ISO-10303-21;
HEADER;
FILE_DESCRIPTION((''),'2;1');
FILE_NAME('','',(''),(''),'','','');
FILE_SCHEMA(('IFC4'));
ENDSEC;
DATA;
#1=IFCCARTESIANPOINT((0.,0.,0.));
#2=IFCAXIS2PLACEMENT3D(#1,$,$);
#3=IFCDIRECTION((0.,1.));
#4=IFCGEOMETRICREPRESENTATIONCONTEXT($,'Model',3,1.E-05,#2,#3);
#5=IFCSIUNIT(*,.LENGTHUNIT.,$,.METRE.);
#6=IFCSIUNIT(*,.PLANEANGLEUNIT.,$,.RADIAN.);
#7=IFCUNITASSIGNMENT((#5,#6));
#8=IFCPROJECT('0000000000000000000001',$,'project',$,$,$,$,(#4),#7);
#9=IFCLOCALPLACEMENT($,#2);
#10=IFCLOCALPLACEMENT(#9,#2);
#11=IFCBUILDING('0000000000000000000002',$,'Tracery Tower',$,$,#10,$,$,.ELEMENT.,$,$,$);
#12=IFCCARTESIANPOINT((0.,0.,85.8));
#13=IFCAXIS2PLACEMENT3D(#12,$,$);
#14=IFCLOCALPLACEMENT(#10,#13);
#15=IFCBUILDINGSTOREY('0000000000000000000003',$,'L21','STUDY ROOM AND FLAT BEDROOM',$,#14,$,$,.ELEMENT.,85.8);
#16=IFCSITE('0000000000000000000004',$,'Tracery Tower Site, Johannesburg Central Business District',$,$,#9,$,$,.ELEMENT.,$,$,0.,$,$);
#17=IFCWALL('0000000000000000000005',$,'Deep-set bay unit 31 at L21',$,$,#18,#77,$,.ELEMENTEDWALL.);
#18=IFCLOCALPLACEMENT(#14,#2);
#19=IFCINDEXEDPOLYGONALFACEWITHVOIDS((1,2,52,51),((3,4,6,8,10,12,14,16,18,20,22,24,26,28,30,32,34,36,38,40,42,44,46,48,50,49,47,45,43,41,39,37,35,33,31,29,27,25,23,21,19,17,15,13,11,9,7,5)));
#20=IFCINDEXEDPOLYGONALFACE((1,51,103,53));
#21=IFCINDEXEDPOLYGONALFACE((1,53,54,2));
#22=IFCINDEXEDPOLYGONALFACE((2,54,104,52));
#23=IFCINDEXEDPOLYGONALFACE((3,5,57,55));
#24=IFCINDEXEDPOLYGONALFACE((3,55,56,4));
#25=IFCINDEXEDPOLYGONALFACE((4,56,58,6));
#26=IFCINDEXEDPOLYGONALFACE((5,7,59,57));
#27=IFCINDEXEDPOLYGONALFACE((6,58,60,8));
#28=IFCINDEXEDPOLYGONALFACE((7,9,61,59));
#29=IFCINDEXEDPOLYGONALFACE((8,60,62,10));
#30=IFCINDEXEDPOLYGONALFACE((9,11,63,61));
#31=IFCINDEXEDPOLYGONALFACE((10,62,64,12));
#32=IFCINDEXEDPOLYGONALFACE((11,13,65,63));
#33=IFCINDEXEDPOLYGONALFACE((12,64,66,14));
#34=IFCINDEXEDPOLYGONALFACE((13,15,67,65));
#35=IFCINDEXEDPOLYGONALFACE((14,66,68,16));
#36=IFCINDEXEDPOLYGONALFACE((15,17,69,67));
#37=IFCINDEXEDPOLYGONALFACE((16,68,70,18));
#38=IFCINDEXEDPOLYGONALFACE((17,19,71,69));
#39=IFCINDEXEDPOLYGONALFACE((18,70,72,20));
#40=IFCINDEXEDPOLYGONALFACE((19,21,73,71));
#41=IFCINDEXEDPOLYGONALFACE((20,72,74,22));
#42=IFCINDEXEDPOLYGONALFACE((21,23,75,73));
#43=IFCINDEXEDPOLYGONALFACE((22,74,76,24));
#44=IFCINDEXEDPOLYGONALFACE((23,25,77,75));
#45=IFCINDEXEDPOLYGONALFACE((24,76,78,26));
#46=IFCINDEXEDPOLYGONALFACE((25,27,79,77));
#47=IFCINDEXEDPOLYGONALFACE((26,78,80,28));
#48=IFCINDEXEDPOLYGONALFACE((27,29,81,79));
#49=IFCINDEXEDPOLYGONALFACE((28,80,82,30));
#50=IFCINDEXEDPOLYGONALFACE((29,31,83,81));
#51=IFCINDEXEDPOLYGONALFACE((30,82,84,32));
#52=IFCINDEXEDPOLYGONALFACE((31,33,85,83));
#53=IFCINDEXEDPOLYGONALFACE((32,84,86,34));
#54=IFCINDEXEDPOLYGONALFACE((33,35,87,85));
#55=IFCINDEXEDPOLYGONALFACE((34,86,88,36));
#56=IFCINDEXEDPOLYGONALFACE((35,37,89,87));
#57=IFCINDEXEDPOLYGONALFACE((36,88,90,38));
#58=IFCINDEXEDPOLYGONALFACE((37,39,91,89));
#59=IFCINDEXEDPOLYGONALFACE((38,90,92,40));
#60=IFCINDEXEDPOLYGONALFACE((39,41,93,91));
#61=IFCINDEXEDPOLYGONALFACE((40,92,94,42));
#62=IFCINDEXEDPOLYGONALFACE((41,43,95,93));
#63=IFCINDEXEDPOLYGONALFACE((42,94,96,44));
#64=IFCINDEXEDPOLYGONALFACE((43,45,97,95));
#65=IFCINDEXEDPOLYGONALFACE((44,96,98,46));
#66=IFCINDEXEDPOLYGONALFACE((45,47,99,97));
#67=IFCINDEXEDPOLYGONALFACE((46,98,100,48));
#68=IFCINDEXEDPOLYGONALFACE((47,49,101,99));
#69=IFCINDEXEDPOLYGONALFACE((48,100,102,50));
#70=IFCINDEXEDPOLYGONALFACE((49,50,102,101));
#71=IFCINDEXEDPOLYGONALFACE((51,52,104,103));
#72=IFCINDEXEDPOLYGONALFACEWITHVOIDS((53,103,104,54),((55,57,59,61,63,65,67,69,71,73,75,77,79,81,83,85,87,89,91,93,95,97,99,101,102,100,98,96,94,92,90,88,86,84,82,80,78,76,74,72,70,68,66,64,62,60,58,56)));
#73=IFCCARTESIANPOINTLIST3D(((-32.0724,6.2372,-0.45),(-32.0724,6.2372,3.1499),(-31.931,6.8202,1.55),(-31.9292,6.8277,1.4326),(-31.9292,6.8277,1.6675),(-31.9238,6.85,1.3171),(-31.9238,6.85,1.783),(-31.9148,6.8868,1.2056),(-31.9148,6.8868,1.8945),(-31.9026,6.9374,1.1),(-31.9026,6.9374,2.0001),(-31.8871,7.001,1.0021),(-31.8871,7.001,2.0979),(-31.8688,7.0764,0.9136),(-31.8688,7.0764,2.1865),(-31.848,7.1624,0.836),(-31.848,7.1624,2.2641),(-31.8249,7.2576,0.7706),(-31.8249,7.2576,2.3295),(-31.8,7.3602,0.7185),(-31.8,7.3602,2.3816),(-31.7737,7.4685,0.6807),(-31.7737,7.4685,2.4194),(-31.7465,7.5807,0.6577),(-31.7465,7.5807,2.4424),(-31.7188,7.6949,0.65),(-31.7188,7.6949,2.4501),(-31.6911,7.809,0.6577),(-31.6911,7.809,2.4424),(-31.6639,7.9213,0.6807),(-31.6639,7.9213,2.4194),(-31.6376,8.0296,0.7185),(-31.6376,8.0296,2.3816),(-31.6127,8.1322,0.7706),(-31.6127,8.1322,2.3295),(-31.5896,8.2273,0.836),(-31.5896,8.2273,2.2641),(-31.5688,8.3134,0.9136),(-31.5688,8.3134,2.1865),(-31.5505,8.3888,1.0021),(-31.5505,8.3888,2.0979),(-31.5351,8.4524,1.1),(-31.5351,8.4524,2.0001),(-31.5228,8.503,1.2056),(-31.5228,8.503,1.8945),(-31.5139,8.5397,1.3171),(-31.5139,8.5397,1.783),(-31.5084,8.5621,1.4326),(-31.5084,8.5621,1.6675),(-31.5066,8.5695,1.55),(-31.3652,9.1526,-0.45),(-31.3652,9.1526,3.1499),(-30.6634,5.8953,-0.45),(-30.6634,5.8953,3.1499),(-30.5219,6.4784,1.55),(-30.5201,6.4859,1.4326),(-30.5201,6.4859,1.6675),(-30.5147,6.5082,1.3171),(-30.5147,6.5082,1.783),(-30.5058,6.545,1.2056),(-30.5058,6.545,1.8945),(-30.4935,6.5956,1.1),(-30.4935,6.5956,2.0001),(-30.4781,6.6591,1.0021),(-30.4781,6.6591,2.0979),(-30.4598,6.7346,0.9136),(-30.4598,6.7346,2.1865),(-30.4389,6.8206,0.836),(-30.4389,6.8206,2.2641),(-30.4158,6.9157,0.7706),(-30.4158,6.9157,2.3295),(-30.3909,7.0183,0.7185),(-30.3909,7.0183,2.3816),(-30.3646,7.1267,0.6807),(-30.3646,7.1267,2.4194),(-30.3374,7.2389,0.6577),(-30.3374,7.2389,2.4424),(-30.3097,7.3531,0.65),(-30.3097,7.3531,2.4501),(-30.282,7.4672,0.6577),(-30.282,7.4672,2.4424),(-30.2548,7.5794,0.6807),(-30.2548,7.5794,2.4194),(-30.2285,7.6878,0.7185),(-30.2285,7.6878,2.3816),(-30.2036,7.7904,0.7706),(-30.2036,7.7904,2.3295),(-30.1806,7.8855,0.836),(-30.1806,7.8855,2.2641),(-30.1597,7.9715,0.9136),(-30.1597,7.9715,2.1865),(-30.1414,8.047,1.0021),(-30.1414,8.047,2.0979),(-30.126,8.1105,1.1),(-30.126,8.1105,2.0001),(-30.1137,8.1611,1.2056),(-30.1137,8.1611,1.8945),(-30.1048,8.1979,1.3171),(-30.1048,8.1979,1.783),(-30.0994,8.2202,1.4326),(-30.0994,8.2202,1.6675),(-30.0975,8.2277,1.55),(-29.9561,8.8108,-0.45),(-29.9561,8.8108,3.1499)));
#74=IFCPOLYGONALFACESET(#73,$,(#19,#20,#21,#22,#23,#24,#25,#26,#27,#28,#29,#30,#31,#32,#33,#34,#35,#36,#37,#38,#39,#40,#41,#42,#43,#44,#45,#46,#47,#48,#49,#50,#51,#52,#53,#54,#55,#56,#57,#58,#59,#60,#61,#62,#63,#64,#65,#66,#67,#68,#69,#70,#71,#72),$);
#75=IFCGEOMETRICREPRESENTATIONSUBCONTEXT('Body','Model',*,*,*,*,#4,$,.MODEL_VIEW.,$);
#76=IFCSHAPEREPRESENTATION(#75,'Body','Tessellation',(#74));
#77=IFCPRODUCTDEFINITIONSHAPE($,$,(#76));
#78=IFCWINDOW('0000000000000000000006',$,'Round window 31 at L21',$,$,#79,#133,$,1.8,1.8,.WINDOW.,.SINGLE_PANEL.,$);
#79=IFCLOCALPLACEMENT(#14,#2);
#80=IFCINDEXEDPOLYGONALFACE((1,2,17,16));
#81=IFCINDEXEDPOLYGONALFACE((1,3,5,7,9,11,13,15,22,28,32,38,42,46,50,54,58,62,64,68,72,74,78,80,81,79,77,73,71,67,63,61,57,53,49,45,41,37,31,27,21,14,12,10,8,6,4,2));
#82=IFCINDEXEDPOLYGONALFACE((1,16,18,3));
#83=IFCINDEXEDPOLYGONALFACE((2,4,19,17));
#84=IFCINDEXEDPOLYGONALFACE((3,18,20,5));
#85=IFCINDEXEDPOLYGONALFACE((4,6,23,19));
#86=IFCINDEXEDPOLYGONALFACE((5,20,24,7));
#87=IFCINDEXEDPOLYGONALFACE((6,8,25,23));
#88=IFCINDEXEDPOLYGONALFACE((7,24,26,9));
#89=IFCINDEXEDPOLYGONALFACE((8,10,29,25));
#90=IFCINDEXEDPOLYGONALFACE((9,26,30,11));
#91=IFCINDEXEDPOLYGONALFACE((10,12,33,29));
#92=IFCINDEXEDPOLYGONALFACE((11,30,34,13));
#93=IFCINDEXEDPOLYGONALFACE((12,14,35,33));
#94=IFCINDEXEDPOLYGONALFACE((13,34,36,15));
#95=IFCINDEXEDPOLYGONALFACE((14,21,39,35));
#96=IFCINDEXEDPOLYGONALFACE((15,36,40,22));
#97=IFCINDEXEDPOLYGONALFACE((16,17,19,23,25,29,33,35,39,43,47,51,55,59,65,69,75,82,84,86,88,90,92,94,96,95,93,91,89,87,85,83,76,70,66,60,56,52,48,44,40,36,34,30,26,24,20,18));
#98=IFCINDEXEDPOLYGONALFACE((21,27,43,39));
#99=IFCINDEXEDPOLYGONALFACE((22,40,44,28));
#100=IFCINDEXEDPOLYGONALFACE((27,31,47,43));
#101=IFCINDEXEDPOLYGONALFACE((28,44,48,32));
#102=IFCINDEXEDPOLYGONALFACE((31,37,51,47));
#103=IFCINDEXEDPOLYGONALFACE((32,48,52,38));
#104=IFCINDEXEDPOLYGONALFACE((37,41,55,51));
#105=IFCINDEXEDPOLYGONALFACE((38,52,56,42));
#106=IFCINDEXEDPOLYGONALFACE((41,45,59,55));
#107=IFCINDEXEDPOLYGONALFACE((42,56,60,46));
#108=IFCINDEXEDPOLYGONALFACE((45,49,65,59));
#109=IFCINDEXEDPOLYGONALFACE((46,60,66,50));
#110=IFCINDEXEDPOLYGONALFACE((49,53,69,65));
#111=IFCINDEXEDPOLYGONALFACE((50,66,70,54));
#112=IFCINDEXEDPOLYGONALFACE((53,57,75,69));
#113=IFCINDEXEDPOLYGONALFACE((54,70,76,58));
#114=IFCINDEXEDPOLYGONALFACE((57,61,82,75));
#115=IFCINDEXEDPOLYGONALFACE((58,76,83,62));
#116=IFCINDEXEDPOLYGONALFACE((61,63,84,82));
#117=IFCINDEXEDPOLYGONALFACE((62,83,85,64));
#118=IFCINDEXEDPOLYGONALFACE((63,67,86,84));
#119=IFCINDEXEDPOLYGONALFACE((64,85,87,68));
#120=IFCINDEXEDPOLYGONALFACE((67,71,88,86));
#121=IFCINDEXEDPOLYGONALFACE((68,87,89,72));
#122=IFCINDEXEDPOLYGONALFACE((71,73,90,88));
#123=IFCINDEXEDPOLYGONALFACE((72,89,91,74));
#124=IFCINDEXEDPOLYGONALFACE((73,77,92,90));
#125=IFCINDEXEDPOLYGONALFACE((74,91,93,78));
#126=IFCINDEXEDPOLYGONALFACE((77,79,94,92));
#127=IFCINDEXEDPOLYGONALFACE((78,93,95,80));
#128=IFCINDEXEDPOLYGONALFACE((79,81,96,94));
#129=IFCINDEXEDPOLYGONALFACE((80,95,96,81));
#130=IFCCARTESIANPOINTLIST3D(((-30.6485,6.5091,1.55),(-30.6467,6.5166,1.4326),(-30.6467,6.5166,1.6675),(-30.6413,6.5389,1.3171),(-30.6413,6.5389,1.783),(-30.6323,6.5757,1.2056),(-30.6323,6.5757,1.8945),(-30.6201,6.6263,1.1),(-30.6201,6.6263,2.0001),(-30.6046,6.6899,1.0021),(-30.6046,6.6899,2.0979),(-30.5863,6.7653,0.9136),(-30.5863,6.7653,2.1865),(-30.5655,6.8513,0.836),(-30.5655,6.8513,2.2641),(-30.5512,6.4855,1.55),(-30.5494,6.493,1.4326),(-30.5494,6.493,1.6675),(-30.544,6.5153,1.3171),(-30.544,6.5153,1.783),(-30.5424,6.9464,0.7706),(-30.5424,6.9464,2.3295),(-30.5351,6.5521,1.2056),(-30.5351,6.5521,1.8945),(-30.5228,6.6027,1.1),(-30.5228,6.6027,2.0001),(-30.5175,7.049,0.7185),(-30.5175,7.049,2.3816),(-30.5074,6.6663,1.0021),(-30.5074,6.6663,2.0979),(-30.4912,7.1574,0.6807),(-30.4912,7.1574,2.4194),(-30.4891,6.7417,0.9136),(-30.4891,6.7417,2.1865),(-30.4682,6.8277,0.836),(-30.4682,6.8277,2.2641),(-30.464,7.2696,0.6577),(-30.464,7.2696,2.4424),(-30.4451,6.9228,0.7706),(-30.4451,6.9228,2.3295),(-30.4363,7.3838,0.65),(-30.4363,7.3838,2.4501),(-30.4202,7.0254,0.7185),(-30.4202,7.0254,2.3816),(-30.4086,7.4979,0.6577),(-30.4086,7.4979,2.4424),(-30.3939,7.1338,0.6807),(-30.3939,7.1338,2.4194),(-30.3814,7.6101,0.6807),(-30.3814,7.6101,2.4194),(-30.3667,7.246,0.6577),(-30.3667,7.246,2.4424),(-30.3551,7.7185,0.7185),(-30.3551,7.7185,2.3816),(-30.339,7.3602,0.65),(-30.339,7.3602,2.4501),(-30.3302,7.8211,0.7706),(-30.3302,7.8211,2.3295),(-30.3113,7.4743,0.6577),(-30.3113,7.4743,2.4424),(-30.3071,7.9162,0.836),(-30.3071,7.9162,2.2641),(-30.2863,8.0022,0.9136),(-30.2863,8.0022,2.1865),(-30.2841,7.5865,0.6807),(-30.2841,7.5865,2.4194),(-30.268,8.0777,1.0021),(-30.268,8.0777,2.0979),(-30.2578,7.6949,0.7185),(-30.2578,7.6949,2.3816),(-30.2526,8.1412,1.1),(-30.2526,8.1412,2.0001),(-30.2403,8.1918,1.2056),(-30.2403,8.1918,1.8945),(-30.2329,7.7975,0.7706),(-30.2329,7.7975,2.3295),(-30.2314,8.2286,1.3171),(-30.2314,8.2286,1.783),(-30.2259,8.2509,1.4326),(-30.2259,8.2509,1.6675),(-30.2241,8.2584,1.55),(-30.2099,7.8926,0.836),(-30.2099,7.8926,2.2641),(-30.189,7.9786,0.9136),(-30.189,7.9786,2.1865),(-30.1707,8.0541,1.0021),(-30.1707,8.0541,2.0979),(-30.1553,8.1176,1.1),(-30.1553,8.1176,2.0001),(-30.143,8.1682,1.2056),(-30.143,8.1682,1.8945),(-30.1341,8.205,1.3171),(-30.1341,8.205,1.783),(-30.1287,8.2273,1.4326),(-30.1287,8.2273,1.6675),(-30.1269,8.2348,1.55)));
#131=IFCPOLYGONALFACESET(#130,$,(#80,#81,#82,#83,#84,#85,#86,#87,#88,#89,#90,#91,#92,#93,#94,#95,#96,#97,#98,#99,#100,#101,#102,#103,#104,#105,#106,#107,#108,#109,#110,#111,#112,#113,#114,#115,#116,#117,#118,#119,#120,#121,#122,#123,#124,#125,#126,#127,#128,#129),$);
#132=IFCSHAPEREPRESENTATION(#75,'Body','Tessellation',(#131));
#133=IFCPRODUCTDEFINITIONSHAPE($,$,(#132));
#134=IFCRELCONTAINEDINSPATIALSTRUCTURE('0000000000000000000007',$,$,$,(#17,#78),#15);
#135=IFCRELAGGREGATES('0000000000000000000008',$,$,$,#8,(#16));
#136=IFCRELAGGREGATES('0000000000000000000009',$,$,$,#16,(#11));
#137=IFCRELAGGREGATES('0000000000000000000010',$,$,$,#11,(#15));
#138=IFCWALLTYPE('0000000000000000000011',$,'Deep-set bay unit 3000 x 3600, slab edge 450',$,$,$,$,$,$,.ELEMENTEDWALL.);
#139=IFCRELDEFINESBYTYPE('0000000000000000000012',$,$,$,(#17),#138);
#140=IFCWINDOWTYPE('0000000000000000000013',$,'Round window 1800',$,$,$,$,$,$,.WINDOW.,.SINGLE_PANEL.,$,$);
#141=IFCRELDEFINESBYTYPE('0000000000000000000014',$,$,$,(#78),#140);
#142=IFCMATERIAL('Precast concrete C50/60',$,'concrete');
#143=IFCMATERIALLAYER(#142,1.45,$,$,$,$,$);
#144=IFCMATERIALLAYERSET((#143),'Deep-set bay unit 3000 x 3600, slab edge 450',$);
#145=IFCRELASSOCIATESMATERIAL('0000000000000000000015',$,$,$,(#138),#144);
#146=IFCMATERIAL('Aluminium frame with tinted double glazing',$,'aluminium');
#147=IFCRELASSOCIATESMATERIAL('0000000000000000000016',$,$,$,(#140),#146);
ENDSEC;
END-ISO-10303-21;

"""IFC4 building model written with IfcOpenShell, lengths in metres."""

from ifc_helpers import new_model, si_unit, direction, frame, frame_2d, origin, origin_2d, place, context, subcontext, project, spatial, rectangle, circle, extrude, material, layer, layer_set, type_object, element, fill, save


model = new_model("IFC4")

# Units and contexts
model_context = context("Model", 3, precision=1e-05, world=origin(), true_north=direction((0.0, 1.0)))
body_context = subcontext(model_context, "Body", "Model", "MODEL_VIEW")
ifc_project = project(units=[si_unit("LENGTHUNIT", "METRE"), si_unit("PLANEANGLEUNIT", "RADIAN")], contexts=[model_context])

# Site, building, storey
site_placement = place(None, origin())
site = spatial("IfcSite", under=ifc_project, at=site_placement, Name="Tracery Tower Site, Johannesburg Central Business District", CompositionType="ELEMENT", RefElevation=0.0)
building_placement = place(site_placement, origin())
building = spatial("IfcBuilding", under=site, at=building_placement, Name="Tracery Tower", CompositionType="ELEMENT")
storey_placement = place(building_placement, frame((0.0, 0.0, 85.8)))
storey = spatial("IfcBuildingStorey", under=building, at=storey_placement, Name="L21", Description="STUDY ROOM AND FLAT BEDROOM", CompositionType="ELEMENT", Elevation=85.8)

# Wall, opening, window
ifc_material_1 = material(Name="Precast concrete C50/60", Category="concrete")
ifc_layer_1 = layer(ifc_material_1, 1.45)
ifc_layer_set_1 = layer_set([ifc_layer_1], Name="Deep-set bay unit 3000 x 3600, slab edge 450")
wall_type_1 = type_object("IfcWallType", Name="Deep-set bay unit 3000 x 3600, slab edge 450", PredefinedType="ELEMENTEDWALL", material=ifc_layer_set_1)
wall_1_placement = place(storey_placement, frame((-30.6606, 8.9817, -0.45), z_axis=(0.0, 0.0, 1.0), x_axis=(-0.235751, -0.971813, 0.0)))
wall_1 = element("IfcWall", 1, at=wall_1_placement, inside=storey, type_object=wall_type_1, Name="Deep-set bay unit 31 at L21", PredefinedType="ELEMENTEDWALL", context=body_context, shape_type="SweptSolid", body=[
    extrude(rectangle(XDim=3.0, YDim=1.45, at=frame_2d((1.5, 0.0))), origin(), (0.0, 0.0, 1.0), 3.5999),
])
opening_1_placement = place(wall_1_placement, frame((1.5, 0.0, 2.0)))
opening_1 = element("IfcOpeningElement", 2, at=opening_1_placement, cuts=wall_1, PredefinedType="OPENING", context=body_context, shape_type="SweptSolid", body=[
    extrude(circle(Radius=0.9, at=origin_2d()), frame((0.0, 0.7349, 0.0), z_axis=(0.0, -1.0, 0.0), x_axis=(1.0, 0.0, 0.0)), (0.0, 0.0, 1.0), 1.47),
])
ifc_material_2 = material(Name="Aluminium frame with tinted double glazing", Category="aluminium")
window_type = type_object("IfcWindowType", Name="Round window 1800", PartitioningType="SINGLE_PANEL", PredefinedType="WINDOW", material=ifc_material_2)
window_1_placement = place(opening_1_placement, origin())
window_1 = element("IfcWindow", 3, at=window_1_placement, inside=storey, type_object=window_type, Name="Round window 31 at L21", OverallHeight=1.8, OverallWidth=1.8, PartitioningType="SINGLE_PANEL", PredefinedType="WINDOW", context=body_context, shape_type="SweptSolid", body=[
    extrude(circle(Radius=0.9, at=origin_2d()), frame((0.0, 0.6948, 0.0), z_axis=(0.0, -1.0, 0.0), x_axis=(1.0, 0.0, 0.0)), (0.0, 0.0, 1.0), 0.1001),
])
fill(opening_1, window_1)

save(model, "model.ifc")
